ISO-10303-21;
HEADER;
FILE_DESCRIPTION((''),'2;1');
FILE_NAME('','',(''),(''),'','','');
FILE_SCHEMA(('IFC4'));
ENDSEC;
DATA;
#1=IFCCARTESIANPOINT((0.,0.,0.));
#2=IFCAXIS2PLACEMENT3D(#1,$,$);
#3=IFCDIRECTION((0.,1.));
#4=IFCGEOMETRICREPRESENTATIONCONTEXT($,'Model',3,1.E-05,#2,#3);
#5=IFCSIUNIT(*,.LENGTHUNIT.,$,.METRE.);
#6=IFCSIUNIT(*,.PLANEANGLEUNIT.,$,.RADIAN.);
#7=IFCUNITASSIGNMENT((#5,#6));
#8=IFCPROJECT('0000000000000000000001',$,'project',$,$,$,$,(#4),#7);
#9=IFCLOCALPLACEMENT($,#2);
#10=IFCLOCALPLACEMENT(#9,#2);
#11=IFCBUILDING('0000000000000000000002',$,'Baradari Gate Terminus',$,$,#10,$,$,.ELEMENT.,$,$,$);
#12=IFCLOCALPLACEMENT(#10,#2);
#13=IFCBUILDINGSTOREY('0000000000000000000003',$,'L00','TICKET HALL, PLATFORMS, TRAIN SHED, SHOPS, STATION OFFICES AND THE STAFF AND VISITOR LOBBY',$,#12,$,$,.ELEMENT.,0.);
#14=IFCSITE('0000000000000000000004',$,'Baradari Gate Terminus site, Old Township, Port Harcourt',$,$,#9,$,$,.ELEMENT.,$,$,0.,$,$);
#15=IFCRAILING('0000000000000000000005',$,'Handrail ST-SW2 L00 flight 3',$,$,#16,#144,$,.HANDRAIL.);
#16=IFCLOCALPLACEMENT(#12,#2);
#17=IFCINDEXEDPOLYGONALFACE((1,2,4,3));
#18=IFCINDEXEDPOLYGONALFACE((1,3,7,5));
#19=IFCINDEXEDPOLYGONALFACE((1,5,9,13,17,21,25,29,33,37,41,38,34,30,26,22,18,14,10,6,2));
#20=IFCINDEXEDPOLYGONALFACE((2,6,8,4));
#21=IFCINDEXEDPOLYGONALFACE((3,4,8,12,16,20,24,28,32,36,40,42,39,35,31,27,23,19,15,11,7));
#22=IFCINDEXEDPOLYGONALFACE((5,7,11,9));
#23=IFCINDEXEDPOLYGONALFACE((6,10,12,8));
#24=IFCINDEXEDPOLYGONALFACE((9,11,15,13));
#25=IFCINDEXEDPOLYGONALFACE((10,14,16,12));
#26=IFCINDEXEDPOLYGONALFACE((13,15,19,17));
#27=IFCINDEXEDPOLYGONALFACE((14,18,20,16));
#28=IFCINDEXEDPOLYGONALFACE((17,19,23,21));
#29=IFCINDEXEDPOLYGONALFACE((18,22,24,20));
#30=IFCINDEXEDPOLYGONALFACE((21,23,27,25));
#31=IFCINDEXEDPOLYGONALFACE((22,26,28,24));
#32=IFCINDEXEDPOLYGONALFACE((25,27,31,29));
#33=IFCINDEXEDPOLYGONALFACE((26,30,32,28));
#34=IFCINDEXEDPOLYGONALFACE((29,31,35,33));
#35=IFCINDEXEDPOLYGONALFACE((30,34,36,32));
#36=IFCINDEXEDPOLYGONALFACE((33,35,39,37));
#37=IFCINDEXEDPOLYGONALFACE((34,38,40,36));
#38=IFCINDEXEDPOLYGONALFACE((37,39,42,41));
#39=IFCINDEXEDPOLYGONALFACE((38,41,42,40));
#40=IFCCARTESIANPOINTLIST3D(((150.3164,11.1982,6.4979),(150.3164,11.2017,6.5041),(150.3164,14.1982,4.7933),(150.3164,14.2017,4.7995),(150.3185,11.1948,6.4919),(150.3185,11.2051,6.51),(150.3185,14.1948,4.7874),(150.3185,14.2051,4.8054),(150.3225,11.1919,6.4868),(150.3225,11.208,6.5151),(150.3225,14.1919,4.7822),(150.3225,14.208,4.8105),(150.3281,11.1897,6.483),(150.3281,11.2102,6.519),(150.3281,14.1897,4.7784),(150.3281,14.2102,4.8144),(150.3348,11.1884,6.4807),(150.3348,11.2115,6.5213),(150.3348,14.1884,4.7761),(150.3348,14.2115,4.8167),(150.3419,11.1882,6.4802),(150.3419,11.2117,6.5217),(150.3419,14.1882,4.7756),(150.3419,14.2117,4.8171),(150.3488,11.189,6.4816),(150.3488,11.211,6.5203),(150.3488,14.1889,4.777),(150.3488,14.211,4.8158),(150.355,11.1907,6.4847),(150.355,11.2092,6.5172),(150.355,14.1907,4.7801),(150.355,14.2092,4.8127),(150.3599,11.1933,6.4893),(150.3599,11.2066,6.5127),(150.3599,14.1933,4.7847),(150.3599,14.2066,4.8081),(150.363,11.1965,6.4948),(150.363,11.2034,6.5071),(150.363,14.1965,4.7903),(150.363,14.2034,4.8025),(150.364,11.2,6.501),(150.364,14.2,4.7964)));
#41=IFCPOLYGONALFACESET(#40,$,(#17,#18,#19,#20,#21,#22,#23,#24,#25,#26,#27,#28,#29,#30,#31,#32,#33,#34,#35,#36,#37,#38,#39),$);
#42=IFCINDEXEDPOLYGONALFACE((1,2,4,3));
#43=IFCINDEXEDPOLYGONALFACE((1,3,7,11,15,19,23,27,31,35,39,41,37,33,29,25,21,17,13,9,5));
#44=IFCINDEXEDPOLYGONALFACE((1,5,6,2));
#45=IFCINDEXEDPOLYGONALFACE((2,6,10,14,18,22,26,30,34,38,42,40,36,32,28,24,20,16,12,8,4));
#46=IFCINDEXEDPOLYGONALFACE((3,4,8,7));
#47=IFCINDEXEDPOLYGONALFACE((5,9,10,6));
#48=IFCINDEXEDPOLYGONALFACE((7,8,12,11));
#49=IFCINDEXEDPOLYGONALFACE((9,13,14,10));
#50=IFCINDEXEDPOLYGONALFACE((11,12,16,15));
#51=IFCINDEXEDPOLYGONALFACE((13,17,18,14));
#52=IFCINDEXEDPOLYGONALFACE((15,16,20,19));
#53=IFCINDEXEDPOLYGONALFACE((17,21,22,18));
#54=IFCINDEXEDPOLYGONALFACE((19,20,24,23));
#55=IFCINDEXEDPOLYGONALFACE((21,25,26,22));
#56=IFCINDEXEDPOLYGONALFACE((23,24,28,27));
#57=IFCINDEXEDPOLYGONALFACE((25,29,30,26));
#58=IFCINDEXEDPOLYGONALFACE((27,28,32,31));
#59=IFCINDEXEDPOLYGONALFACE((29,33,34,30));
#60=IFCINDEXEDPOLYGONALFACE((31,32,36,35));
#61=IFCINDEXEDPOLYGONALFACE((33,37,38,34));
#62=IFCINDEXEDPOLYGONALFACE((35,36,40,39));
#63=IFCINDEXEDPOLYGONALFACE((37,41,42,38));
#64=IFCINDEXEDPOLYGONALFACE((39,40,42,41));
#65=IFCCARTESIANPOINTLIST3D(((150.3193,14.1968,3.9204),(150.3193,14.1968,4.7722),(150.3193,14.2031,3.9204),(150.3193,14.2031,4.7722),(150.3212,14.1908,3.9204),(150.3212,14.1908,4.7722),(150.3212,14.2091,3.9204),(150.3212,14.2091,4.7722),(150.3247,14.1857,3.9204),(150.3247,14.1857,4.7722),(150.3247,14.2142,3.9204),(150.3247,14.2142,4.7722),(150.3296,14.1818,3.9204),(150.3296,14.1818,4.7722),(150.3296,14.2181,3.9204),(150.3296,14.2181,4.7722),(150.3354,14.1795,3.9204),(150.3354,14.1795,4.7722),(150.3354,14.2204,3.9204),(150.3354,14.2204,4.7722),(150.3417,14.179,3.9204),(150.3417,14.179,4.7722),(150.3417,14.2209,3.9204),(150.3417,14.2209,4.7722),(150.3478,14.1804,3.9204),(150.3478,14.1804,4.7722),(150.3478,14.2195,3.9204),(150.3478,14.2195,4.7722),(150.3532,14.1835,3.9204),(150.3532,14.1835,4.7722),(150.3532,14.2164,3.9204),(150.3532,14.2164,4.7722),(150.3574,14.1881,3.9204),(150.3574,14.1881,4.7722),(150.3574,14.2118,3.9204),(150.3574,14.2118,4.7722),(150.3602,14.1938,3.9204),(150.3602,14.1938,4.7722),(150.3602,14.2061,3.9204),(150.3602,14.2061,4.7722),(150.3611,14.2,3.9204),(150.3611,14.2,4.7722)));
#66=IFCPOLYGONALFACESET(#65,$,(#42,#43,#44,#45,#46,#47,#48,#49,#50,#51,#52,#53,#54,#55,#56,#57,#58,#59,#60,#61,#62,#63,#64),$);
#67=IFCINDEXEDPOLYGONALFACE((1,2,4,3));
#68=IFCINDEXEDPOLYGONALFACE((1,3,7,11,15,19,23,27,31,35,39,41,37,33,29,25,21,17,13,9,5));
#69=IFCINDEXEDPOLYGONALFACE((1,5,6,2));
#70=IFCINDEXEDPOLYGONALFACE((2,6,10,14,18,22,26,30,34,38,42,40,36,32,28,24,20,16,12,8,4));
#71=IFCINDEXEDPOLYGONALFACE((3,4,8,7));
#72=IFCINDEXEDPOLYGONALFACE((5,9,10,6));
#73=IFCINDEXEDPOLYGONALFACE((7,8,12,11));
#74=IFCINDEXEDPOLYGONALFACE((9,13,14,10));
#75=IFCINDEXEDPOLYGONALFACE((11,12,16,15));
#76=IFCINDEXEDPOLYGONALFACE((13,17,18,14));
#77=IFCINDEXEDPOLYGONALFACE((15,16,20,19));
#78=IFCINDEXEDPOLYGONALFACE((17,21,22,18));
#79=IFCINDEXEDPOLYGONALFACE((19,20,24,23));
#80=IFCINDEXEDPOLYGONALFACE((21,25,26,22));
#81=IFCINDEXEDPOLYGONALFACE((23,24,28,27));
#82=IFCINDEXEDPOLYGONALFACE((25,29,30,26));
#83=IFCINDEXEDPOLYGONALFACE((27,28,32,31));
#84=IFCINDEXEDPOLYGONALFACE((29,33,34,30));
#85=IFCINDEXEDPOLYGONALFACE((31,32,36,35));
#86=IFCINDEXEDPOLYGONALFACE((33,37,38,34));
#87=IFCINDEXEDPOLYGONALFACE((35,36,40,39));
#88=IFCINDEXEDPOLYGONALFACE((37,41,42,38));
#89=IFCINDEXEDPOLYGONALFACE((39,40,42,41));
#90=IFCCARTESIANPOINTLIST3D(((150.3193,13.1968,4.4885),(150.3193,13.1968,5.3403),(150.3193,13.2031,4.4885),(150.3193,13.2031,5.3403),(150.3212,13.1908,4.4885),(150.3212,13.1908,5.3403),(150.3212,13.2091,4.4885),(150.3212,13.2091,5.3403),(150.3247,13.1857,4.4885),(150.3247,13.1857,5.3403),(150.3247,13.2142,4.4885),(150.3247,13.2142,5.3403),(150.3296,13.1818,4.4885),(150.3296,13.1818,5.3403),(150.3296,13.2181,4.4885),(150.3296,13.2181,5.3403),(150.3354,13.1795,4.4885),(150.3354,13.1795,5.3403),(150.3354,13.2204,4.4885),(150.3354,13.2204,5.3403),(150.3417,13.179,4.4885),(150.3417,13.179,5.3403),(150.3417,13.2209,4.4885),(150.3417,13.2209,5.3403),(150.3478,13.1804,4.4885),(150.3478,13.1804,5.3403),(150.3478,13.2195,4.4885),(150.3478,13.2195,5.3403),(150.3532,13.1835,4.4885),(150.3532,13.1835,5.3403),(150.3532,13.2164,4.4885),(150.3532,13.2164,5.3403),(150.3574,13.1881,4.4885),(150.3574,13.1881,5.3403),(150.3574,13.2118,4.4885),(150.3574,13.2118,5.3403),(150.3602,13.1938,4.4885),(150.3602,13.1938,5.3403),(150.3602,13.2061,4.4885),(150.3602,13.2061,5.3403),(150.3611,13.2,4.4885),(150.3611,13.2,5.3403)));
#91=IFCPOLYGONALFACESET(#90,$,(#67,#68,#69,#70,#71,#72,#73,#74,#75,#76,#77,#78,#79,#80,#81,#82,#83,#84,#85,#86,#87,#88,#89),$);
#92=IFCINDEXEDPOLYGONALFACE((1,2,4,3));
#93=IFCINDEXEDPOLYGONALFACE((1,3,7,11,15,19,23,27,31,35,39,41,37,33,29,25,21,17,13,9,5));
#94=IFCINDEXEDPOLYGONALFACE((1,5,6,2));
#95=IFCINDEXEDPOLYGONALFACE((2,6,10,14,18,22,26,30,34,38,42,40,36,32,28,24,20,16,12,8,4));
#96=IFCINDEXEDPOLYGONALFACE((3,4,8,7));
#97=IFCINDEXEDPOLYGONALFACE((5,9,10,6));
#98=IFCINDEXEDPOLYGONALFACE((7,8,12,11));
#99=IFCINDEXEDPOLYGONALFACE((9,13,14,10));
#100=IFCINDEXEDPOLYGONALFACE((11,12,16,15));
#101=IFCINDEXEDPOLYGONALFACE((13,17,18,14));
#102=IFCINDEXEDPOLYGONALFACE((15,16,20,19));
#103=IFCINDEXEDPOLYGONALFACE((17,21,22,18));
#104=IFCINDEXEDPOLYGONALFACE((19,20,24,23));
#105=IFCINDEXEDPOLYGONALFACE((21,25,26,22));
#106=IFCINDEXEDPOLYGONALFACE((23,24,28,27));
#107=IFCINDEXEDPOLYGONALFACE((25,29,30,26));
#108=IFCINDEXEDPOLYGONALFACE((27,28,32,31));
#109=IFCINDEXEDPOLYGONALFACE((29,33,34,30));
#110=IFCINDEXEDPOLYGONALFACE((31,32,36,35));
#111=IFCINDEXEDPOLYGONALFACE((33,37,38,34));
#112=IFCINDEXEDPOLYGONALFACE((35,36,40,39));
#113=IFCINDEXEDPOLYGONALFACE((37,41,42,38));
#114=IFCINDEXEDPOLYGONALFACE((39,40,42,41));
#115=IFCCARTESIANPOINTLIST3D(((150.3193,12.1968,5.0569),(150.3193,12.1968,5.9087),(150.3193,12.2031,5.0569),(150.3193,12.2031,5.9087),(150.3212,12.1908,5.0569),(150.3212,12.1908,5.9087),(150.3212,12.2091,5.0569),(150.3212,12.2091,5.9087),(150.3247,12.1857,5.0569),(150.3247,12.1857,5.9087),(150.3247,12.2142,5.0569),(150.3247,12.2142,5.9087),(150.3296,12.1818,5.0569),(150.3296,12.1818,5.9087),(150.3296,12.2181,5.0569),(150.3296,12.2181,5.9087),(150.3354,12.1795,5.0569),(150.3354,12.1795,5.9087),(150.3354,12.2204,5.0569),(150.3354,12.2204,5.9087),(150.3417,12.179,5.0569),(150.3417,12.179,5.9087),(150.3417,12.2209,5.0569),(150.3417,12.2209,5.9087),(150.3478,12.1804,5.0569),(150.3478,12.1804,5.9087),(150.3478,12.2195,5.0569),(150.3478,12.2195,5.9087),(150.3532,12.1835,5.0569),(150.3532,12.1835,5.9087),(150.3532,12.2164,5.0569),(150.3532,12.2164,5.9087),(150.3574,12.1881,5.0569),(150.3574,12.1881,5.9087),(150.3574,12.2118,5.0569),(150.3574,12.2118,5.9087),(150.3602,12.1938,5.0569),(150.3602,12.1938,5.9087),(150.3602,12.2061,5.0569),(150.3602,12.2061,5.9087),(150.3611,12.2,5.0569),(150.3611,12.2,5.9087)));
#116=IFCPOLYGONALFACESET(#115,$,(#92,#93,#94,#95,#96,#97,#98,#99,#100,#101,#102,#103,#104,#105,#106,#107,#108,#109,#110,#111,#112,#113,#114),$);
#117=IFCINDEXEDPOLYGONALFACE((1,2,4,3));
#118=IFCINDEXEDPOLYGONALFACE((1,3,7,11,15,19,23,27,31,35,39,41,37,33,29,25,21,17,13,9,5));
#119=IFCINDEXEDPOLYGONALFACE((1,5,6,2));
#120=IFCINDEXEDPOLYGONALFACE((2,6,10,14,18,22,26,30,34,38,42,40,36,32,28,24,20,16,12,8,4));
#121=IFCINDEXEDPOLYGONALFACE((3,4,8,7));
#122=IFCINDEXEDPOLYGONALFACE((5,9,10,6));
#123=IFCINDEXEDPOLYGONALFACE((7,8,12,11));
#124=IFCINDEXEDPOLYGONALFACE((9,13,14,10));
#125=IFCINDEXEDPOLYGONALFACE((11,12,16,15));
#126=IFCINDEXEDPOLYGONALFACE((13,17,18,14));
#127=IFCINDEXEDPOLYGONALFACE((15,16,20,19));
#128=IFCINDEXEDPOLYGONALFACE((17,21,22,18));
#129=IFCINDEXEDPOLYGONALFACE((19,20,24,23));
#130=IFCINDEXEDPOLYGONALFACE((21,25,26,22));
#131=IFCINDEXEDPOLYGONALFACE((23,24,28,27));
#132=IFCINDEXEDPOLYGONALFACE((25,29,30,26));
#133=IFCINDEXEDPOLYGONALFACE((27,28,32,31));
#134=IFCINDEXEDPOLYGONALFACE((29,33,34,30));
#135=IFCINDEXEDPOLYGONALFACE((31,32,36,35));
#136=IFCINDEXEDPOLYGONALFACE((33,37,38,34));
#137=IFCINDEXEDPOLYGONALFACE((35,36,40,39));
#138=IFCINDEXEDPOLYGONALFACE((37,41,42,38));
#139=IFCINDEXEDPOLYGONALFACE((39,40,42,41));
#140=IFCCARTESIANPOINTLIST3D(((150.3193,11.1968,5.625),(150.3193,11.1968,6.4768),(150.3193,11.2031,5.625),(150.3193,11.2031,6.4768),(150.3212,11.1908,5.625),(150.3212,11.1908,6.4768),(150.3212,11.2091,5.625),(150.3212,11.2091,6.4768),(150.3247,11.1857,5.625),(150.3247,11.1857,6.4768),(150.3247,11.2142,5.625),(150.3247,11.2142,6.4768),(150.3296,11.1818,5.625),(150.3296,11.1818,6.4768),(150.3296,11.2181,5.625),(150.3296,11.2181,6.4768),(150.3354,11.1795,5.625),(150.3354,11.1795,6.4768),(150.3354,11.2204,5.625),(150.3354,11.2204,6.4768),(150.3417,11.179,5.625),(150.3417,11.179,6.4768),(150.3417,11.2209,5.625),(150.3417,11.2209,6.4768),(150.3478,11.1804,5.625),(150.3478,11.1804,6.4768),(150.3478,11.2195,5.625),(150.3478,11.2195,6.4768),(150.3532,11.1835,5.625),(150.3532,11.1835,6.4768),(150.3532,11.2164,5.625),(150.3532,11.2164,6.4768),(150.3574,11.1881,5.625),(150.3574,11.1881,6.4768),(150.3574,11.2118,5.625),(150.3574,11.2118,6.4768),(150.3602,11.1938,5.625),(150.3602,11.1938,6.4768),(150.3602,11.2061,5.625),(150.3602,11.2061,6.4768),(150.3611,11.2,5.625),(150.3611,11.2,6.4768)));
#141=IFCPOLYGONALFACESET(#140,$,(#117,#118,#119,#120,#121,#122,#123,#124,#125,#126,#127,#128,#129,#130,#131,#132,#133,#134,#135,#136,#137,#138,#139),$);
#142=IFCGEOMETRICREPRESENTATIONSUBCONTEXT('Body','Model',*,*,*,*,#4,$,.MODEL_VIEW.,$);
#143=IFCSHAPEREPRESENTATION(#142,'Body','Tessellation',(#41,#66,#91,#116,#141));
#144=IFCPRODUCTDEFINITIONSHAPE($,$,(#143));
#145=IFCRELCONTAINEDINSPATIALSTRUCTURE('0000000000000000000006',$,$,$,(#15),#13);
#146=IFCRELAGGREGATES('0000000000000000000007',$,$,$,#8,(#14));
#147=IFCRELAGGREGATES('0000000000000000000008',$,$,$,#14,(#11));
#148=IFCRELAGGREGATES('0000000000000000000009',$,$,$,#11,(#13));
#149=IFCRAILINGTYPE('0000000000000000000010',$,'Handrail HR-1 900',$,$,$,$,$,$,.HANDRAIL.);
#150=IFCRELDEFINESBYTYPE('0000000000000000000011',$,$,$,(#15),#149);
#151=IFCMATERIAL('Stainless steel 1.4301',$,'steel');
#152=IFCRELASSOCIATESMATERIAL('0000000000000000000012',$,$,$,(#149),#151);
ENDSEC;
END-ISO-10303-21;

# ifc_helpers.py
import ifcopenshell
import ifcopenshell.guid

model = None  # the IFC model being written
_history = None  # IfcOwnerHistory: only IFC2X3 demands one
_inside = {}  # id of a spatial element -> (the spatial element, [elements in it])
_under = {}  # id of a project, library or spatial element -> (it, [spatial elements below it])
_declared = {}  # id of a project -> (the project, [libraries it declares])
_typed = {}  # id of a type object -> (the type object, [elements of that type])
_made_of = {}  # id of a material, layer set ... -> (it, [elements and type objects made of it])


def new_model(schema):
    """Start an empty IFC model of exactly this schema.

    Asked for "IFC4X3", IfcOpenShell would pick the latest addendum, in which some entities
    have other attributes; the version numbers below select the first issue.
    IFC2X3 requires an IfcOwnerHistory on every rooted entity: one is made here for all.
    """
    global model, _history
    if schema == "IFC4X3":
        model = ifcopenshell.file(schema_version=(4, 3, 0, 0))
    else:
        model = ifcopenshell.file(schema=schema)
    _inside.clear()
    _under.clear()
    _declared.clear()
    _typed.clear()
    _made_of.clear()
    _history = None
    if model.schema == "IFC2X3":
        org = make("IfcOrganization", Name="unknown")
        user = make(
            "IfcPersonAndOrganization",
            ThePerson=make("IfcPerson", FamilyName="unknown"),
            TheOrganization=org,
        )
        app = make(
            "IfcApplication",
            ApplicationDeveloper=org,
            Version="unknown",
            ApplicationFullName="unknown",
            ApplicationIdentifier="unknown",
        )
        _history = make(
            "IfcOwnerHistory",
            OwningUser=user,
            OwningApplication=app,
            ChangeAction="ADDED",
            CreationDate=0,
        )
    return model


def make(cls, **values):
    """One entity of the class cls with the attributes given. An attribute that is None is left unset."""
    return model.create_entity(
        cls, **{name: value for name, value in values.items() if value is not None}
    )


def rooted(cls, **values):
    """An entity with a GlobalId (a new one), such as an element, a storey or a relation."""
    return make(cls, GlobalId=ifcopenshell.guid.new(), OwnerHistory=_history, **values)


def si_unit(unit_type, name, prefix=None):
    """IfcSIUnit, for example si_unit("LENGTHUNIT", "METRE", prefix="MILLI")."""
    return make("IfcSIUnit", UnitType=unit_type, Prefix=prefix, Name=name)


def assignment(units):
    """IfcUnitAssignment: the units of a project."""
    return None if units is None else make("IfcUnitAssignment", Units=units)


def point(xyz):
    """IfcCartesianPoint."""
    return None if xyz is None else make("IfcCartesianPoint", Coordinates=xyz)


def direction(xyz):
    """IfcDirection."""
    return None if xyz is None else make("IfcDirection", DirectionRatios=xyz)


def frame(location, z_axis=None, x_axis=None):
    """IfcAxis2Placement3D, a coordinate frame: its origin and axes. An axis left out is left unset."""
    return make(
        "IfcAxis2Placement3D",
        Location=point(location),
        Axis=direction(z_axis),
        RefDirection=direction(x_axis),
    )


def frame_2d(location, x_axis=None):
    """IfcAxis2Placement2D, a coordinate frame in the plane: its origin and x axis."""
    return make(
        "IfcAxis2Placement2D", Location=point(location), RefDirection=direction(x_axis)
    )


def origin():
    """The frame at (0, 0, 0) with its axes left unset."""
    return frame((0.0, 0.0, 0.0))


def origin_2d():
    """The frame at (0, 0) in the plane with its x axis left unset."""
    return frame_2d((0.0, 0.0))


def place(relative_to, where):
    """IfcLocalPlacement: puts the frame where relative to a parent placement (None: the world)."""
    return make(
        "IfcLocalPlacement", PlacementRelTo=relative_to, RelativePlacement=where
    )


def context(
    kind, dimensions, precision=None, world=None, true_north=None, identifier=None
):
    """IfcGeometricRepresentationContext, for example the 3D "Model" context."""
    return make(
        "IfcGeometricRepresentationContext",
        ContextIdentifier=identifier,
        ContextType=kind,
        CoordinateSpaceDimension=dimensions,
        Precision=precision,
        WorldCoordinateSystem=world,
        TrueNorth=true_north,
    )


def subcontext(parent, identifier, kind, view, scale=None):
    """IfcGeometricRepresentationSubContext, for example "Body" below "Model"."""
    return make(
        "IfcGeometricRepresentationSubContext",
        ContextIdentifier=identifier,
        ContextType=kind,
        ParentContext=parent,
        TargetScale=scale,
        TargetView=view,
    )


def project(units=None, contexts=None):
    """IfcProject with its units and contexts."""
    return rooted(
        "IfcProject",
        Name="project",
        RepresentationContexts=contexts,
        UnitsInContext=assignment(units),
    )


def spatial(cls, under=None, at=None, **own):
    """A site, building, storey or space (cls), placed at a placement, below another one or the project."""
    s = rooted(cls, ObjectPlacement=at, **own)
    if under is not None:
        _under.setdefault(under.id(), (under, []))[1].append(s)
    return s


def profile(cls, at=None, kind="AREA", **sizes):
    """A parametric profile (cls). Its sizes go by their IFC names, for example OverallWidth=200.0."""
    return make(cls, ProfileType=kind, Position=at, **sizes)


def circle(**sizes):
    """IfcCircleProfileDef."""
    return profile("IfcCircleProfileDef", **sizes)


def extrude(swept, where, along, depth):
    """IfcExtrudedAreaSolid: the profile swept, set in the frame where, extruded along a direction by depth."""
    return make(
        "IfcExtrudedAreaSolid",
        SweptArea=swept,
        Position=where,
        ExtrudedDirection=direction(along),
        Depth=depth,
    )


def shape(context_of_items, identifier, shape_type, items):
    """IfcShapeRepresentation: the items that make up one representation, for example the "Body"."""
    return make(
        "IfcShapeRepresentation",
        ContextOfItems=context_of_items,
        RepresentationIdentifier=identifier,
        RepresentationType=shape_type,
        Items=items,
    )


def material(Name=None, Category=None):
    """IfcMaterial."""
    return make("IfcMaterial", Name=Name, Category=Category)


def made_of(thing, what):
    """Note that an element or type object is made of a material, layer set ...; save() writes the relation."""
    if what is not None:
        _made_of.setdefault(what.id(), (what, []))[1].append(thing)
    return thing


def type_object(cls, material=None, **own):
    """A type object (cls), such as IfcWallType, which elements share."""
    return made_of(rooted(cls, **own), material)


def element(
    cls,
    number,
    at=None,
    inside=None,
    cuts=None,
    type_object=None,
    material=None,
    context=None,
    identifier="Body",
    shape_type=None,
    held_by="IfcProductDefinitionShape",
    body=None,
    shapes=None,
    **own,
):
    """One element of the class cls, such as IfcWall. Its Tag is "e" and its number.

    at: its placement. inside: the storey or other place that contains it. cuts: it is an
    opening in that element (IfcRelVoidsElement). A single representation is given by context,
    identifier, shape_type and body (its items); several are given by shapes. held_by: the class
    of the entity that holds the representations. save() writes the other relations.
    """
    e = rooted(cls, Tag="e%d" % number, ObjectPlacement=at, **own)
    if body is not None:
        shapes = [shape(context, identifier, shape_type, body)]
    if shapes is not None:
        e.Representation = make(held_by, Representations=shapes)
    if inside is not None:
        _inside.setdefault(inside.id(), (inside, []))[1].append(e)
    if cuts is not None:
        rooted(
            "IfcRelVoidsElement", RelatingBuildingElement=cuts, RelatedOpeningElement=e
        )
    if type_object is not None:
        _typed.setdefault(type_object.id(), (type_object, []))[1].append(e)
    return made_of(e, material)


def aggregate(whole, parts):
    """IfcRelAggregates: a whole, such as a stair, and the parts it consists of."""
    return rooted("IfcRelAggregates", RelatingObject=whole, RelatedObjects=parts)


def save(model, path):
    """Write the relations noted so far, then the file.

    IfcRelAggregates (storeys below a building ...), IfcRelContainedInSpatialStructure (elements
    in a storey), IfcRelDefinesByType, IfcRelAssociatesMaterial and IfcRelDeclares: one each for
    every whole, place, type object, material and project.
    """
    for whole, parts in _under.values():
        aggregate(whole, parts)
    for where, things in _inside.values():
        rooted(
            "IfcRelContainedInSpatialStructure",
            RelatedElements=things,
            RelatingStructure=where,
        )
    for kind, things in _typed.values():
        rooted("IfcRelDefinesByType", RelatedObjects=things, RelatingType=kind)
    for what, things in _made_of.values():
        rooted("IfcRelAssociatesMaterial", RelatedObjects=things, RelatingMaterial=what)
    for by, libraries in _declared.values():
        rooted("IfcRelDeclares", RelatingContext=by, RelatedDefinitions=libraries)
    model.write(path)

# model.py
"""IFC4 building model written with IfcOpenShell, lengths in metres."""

from ifc_helpers import new_model, si_unit, direction, frame, origin, origin_2d, place, context, subcontext, project, spatial, circle, extrude, material, type_object, element, save


model = new_model("IFC4")

# Units and contexts
model_context = context("Model", 3, precision=1e-05, world=origin(), true_north=direction((0.0, 1.0)))
body_context = subcontext(model_context, "Body", "Model", "MODEL_VIEW")
ifc_project = project(units=[si_unit("LENGTHUNIT", "METRE"), si_unit("PLANEANGLEUNIT", "RADIAN")], contexts=[model_context])

# Site, building, storey
site_placement = place(None, origin())
site = spatial("IfcSite", under=ifc_project, at=site_placement, Name="Baradari Gate Terminus site, Old Township, Port Harcourt", CompositionType="ELEMENT", RefElevation=0.0)
building_placement = place(site_placement, origin())
building = spatial("IfcBuilding", under=site, at=building_placement, Name="Baradari Gate Terminus", CompositionType="ELEMENT")
storey_placement = place(building_placement, origin())
storey = spatial("IfcBuildingStorey", under=building, at=storey_placement, Name="L00", Description="TICKET HALL, PLATFORMS, TRAIN SHED, SHOPS, STATION OFFICES AND THE STAFF AND VISITOR LOBBY", CompositionType="ELEMENT", Elevation=0.0)

# Railing
ifc_material_1 = material(Name="Stainless steel 1.4301", Category="steel")
railing_type_1 = type_object("IfcRailingType", Name="Handrail HR-1 900", PredefinedType="HANDRAIL", material=ifc_material_1)
for number, where, name in (
    (1, (150.3401, 14.2, 3.9204), "Handrail ST-SW2 L00 flight 3"),
):
    element("IfcRailing", number, at=place(storey_placement, frame(where)), inside=storey, type_object=railing_type_1, Name=name, PredefinedType="HANDRAIL", context=body_context, shape_type="SweptSolid", body=[
        extrude(circle(Radius=0.0239, at=origin_2d()), frame((0.0, 0.0, 0.876), z_axis=(0.0, -0.869451, 0.494019), x_axis=(1.0, 0.0, 0.0)), (0.0, 0.0, 1.0), 3.4504),
        extrude(circle(Radius=0.021, at=origin_2d()), origin(), (0.0, 0.0, 1.0), 0.8518),
        extrude(circle(Radius=0.021, at=origin_2d()), frame((0.0, -1.0, 0.5681)), (0.0, 0.0, 1.0), 0.8518),
        extrude(circle(Radius=0.021, at=origin_2d()), frame((0.0, -2.0, 1.1365)), (0.0, 0.0, 1.0), 0.8518),
        extrude(circle(Radius=0.021, at=origin_2d()), frame((0.0, -3.0, 1.7046)), (0.0, 0.0, 1.0), 0.8518),
    ])

save(model, "model.ifc")
